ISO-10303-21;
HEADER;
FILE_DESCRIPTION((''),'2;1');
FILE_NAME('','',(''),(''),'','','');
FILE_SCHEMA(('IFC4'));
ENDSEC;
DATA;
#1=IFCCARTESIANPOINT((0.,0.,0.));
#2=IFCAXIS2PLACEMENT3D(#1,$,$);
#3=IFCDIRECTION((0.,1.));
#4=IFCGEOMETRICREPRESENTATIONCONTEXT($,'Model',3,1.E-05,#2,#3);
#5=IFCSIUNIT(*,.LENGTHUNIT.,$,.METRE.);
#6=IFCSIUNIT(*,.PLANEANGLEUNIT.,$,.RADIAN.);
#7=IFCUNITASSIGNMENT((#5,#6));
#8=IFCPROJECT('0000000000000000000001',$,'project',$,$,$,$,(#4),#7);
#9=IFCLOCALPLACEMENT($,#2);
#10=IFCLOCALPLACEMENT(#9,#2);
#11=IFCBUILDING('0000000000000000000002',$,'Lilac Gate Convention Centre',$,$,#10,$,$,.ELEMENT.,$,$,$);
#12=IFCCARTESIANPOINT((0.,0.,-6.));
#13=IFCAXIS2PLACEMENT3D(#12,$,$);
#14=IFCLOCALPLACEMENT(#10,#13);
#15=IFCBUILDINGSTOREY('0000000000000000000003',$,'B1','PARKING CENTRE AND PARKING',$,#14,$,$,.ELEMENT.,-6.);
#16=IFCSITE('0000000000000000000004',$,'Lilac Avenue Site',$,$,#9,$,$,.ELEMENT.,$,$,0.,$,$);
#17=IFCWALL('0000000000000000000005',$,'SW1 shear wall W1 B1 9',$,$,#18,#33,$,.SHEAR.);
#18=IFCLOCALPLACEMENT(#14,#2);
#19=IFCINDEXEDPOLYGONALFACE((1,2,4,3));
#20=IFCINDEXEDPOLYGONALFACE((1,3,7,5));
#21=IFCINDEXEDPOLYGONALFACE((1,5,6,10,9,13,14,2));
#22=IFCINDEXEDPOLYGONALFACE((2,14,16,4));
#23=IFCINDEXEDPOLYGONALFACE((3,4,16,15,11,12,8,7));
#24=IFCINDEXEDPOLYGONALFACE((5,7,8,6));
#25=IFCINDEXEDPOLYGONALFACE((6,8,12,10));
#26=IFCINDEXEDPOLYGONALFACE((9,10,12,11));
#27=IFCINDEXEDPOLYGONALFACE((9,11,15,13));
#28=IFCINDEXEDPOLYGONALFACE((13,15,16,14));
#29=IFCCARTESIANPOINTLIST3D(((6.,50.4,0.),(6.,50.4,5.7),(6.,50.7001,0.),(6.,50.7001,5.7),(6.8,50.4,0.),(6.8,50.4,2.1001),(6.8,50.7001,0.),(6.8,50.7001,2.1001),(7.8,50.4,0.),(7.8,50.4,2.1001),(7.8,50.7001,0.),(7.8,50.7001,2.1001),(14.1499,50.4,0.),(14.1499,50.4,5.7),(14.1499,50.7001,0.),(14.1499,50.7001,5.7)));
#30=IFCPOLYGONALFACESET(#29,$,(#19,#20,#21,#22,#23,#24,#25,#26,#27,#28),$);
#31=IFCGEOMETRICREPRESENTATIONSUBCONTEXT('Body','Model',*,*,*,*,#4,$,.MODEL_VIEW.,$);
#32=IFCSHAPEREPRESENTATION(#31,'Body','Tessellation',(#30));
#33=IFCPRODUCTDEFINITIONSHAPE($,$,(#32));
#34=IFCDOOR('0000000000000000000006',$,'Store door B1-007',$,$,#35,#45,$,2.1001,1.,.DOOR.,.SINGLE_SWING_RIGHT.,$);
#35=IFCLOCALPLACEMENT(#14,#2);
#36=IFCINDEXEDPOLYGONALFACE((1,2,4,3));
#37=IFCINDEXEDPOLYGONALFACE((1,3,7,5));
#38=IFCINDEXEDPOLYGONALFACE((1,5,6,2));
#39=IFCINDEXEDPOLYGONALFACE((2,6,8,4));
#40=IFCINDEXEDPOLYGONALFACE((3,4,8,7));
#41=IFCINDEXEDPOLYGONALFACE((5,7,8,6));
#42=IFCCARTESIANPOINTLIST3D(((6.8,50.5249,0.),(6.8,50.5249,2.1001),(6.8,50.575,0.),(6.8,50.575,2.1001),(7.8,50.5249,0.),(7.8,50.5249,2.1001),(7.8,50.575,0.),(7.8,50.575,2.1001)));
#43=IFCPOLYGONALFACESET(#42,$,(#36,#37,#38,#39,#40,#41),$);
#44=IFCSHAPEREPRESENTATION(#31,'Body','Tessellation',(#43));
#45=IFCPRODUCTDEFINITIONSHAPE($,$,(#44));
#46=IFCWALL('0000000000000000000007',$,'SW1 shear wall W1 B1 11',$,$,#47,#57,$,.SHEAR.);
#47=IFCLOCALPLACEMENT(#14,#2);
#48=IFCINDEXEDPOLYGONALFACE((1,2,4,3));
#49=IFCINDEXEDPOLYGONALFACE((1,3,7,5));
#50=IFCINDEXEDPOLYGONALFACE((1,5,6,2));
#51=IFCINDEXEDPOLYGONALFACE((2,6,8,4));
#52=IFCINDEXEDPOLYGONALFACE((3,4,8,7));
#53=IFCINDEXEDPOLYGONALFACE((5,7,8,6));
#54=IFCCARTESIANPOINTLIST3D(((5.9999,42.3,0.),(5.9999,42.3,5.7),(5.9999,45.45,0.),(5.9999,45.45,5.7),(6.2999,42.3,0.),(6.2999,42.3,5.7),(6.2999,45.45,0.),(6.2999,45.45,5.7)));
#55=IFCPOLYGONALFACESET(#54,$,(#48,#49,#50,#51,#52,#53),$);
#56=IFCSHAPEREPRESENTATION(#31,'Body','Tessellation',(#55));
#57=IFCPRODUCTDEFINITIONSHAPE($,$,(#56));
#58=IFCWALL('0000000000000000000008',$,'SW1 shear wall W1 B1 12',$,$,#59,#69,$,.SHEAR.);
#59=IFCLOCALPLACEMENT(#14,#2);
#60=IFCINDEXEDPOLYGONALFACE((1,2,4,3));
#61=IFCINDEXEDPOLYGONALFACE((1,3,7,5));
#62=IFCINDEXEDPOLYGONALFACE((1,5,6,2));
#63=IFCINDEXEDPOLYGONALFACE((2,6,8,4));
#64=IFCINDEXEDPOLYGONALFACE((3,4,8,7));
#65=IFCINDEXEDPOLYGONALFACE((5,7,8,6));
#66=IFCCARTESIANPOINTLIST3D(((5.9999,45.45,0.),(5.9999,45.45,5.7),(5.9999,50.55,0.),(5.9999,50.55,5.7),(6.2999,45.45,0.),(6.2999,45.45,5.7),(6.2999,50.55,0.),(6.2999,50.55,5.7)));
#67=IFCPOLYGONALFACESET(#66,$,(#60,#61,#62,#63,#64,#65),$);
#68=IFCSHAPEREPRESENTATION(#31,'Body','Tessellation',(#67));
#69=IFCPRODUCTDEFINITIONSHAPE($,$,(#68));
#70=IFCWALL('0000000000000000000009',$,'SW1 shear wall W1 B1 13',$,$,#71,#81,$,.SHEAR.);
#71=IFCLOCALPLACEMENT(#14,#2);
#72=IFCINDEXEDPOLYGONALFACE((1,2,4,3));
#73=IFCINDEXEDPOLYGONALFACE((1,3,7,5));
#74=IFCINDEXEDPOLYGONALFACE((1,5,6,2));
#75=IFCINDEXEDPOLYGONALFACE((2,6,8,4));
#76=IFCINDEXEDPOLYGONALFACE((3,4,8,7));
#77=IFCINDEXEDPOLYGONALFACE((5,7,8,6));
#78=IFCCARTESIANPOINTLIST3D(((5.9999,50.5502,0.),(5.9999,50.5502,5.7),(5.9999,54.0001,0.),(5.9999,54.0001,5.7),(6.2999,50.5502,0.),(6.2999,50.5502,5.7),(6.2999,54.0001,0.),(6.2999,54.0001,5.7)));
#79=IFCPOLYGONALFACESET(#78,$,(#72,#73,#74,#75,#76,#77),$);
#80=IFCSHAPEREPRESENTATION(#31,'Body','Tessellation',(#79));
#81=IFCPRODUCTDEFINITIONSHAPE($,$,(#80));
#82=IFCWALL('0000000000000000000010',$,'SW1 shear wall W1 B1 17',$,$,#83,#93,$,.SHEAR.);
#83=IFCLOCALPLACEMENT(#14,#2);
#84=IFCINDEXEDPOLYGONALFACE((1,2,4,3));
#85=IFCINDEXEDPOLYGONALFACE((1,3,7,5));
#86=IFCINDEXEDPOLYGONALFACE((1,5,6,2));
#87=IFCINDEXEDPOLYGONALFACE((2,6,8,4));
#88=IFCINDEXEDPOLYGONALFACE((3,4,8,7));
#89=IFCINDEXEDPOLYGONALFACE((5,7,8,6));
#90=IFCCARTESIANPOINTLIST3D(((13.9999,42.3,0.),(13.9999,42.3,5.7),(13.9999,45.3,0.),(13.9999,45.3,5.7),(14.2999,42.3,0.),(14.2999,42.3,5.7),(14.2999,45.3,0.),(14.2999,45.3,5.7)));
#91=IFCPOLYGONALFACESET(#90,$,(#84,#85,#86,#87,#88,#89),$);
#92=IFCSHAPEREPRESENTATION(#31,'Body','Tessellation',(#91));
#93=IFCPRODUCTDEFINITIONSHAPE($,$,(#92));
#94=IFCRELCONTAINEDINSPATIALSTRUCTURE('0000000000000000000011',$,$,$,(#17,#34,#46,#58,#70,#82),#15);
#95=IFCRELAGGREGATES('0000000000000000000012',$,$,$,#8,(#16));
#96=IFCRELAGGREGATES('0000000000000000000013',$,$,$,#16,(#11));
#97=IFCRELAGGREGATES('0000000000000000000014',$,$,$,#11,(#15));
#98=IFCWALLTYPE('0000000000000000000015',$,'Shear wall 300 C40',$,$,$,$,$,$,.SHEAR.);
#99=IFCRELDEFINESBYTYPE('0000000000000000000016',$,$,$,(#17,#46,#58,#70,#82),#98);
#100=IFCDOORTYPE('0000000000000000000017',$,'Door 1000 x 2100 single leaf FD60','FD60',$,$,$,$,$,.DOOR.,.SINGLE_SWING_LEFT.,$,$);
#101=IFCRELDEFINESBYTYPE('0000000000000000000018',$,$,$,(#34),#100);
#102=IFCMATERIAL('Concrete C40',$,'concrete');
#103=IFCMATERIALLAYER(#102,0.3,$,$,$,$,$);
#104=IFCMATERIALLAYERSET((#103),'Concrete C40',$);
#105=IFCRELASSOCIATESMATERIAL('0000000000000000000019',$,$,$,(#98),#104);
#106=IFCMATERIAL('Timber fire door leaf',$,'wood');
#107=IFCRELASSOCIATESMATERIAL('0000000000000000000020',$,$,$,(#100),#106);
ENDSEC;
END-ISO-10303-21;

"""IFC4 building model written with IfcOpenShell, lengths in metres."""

from ifc_helpers import new_model, si_unit, direction, frame, frame_2d, origin, place, context, subcontext, project, spatial, rectangle, extrude, material, layer, layer_set, type_object, element, fill, save


model = new_model("IFC4")

# Units and contexts
model_context = context("Model", 3, precision=1e-05, world=origin(), true_north=direction((0.0, 1.0)))
body_context = subcontext(model_context, "Body", "Model", "MODEL_VIEW")
ifc_project = project(units=[si_unit("LENGTHUNIT", "METRE"), si_unit("PLANEANGLEUNIT", "RADIAN")], contexts=[model_context])

# Site, building, storey
site_placement = place(None, origin())
site = spatial("IfcSite", under=ifc_project, at=site_placement, Name="Lilac Avenue Site", CompositionType="ELEMENT", RefElevation=0.0)
building_placement = place(site_placement, origin())
building = spatial("IfcBuilding", under=site, at=building_placement, Name="Lilac Gate Convention Centre", CompositionType="ELEMENT")
storey_placement = place(building_placement, frame((0.0, 0.0, -6.0)))
storey = spatial("IfcBuildingStorey", under=building, at=storey_placement, Name="B1", Description="PARKING CENTRE AND PARKING", CompositionType="ELEMENT", Elevation=-6.0)

# Shared definitions
ifc_material_1 = material(Name="Timber fire door leaf", Category="wood")

# Shared definitions
ifc_material_2 = material(Name="Concrete C40", Category="concrete")
ifc_layer_1 = layer(ifc_material_2, 0.3)
ifc_layer_set_1 = layer_set([ifc_layer_1], Name="Concrete C40")
wall_type_1 = type_object("IfcWallType", Name="Shear wall 300 C40", PredefinedType="SHEAR", material=ifc_layer_set_1)

# Wall, opening, door
door_type_1 = type_object("IfcDoorType", Name="Door 1000 x 2100 single leaf FD60", Description="FD60", OperationType="SINGLE_SWING_LEFT", PredefinedType="DOOR", material=ifc_material_1)
wall_1_placement = place(storey_placement, frame((6.0, 50.55, 0.0), z_axis=(0.0, 0.0, 1.0), x_axis=(1.0, 0.0, 0.0)))
wall_1 = element("IfcWall", 1, at=wall_1_placement, inside=storey, type_object=wall_type_1, Name="SW1 shear wall W1 B1 9", PredefinedType="SHEAR", context=body_context, shape_type="SweptSolid", body=[
    extrude(rectangle(XDim=8.1499, YDim=0.3, at=frame_2d((4.075, 0.0))), origin(), (0.0, 0.0, 1.0), 5.7),
])
opening_1_placement = place(wall_1_placement, frame((0.8, 0.0, 0.0)))
opening_1 = element("IfcOpeningElement", 2, at=opening_1_placement, cuts=wall_1, PredefinedType="OPENING", context=body_context, shape_type="SweptSolid", body=[
    extrude(rectangle(XDim=1.0, YDim=2.1001, at=frame_2d((0.5, 1.05))), frame((0.0, 0.1599, 0.0), z_axis=(0.0, -1.0, 0.0), x_axis=(1.0, 0.0, 0.0)), (0.0, 0.0, 1.0), 0.3201),
])
door_1_placement = place(opening_1_placement, origin())
door_1 = element("IfcDoor", 3, at=door_1_placement, inside=storey, type_object=door_type_1, Name="Store door B1-007", OperationType="SINGLE_SWING_RIGHT", OverallHeight=2.1001, OverallWidth=1.0, PredefinedType="DOOR", context=body_context, shape_type="SweptSolid", body=[
    extrude(rectangle(XDim=1.0, YDim=2.1001, at=frame_2d((0.5, 1.05))), frame((0.0, 0.0249, 0.0), z_axis=(0.0, -1.0, 0.0), x_axis=(1.0, 0.0, 0.0)), (0.0, 0.0, 1.0), 0.05),
])
fill(opening_1, door_1)

# Walls
wall_2_placement = place(storey_placement, frame((6.1499, 42.3, 0.0), z_axis=(0.0, 0.0, 1.0), x_axis=(0.0, 1.0, 0.0)))
element("IfcWall", 4, at=wall_2_placement, inside=storey, type_object=wall_type_1, Name="SW1 shear wall W1 B1 11", PredefinedType="SHEAR", context=body_context, shape_type="SweptSolid", body=[
    extrude(rectangle(XDim=3.1499, YDim=0.3, at=frame_2d((1.575, 0.0))), origin(), (0.0, 0.0, 1.0), 5.7),
])
wall_3_placement = place(storey_placement, frame((6.1499, 45.45, 0.0), z_axis=(0.0, 0.0, 1.0), x_axis=(0.0, 1.0, 0.0)))
element("IfcWall", 5, at=wall_3_placement, inside=storey, type_object=wall_type_1, Name="SW1 shear wall W1 B1 12", PredefinedType="SHEAR", context=body_context, shape_type="SweptSolid", body=[
    extrude(rectangle(XDim=5.1001, YDim=0.3, at=frame_2d((2.55, 0.0))), origin(), (0.0, 0.0, 1.0), 5.7),
])
wall_4_placement = place(storey_placement, frame((6.1499, 50.55, 0.0), z_axis=(0.0, 0.0, 1.0), x_axis=(0.0, 1.0, 0.0)))
element("IfcWall", 6, at=wall_4_placement, inside=storey, type_object=wall_type_1, Name="SW1 shear wall W1 B1 13", PredefinedType="SHEAR", context=body_context, shape_type="SweptSolid", body=[
    extrude(rectangle(XDim=3.45, YDim=0.3, at=frame_2d((1.7251, 0.0))), origin(), (0.0, 0.0, 1.0), 5.7),
])
wall_5_placement = place(storey_placement, frame((14.1499, 42.3, 0.0), z_axis=(0.0, 0.0, 1.0), x_axis=(0.0, 1.0, 0.0)))
element("IfcWall", 7, at=wall_5_placement, inside=storey, type_object=wall_type_1, Name="SW1 shear wall W1 B1 17", PredefinedType="SHEAR", context=body_context, shape_type="SweptSolid", body=[
    extrude(rectangle(XDim=3.0, YDim=0.3, at=frame_2d((1.5, 0.0))), origin(), (0.0, 0.0, 1.0), 5.7),
])

save(model, "model.ifc")
